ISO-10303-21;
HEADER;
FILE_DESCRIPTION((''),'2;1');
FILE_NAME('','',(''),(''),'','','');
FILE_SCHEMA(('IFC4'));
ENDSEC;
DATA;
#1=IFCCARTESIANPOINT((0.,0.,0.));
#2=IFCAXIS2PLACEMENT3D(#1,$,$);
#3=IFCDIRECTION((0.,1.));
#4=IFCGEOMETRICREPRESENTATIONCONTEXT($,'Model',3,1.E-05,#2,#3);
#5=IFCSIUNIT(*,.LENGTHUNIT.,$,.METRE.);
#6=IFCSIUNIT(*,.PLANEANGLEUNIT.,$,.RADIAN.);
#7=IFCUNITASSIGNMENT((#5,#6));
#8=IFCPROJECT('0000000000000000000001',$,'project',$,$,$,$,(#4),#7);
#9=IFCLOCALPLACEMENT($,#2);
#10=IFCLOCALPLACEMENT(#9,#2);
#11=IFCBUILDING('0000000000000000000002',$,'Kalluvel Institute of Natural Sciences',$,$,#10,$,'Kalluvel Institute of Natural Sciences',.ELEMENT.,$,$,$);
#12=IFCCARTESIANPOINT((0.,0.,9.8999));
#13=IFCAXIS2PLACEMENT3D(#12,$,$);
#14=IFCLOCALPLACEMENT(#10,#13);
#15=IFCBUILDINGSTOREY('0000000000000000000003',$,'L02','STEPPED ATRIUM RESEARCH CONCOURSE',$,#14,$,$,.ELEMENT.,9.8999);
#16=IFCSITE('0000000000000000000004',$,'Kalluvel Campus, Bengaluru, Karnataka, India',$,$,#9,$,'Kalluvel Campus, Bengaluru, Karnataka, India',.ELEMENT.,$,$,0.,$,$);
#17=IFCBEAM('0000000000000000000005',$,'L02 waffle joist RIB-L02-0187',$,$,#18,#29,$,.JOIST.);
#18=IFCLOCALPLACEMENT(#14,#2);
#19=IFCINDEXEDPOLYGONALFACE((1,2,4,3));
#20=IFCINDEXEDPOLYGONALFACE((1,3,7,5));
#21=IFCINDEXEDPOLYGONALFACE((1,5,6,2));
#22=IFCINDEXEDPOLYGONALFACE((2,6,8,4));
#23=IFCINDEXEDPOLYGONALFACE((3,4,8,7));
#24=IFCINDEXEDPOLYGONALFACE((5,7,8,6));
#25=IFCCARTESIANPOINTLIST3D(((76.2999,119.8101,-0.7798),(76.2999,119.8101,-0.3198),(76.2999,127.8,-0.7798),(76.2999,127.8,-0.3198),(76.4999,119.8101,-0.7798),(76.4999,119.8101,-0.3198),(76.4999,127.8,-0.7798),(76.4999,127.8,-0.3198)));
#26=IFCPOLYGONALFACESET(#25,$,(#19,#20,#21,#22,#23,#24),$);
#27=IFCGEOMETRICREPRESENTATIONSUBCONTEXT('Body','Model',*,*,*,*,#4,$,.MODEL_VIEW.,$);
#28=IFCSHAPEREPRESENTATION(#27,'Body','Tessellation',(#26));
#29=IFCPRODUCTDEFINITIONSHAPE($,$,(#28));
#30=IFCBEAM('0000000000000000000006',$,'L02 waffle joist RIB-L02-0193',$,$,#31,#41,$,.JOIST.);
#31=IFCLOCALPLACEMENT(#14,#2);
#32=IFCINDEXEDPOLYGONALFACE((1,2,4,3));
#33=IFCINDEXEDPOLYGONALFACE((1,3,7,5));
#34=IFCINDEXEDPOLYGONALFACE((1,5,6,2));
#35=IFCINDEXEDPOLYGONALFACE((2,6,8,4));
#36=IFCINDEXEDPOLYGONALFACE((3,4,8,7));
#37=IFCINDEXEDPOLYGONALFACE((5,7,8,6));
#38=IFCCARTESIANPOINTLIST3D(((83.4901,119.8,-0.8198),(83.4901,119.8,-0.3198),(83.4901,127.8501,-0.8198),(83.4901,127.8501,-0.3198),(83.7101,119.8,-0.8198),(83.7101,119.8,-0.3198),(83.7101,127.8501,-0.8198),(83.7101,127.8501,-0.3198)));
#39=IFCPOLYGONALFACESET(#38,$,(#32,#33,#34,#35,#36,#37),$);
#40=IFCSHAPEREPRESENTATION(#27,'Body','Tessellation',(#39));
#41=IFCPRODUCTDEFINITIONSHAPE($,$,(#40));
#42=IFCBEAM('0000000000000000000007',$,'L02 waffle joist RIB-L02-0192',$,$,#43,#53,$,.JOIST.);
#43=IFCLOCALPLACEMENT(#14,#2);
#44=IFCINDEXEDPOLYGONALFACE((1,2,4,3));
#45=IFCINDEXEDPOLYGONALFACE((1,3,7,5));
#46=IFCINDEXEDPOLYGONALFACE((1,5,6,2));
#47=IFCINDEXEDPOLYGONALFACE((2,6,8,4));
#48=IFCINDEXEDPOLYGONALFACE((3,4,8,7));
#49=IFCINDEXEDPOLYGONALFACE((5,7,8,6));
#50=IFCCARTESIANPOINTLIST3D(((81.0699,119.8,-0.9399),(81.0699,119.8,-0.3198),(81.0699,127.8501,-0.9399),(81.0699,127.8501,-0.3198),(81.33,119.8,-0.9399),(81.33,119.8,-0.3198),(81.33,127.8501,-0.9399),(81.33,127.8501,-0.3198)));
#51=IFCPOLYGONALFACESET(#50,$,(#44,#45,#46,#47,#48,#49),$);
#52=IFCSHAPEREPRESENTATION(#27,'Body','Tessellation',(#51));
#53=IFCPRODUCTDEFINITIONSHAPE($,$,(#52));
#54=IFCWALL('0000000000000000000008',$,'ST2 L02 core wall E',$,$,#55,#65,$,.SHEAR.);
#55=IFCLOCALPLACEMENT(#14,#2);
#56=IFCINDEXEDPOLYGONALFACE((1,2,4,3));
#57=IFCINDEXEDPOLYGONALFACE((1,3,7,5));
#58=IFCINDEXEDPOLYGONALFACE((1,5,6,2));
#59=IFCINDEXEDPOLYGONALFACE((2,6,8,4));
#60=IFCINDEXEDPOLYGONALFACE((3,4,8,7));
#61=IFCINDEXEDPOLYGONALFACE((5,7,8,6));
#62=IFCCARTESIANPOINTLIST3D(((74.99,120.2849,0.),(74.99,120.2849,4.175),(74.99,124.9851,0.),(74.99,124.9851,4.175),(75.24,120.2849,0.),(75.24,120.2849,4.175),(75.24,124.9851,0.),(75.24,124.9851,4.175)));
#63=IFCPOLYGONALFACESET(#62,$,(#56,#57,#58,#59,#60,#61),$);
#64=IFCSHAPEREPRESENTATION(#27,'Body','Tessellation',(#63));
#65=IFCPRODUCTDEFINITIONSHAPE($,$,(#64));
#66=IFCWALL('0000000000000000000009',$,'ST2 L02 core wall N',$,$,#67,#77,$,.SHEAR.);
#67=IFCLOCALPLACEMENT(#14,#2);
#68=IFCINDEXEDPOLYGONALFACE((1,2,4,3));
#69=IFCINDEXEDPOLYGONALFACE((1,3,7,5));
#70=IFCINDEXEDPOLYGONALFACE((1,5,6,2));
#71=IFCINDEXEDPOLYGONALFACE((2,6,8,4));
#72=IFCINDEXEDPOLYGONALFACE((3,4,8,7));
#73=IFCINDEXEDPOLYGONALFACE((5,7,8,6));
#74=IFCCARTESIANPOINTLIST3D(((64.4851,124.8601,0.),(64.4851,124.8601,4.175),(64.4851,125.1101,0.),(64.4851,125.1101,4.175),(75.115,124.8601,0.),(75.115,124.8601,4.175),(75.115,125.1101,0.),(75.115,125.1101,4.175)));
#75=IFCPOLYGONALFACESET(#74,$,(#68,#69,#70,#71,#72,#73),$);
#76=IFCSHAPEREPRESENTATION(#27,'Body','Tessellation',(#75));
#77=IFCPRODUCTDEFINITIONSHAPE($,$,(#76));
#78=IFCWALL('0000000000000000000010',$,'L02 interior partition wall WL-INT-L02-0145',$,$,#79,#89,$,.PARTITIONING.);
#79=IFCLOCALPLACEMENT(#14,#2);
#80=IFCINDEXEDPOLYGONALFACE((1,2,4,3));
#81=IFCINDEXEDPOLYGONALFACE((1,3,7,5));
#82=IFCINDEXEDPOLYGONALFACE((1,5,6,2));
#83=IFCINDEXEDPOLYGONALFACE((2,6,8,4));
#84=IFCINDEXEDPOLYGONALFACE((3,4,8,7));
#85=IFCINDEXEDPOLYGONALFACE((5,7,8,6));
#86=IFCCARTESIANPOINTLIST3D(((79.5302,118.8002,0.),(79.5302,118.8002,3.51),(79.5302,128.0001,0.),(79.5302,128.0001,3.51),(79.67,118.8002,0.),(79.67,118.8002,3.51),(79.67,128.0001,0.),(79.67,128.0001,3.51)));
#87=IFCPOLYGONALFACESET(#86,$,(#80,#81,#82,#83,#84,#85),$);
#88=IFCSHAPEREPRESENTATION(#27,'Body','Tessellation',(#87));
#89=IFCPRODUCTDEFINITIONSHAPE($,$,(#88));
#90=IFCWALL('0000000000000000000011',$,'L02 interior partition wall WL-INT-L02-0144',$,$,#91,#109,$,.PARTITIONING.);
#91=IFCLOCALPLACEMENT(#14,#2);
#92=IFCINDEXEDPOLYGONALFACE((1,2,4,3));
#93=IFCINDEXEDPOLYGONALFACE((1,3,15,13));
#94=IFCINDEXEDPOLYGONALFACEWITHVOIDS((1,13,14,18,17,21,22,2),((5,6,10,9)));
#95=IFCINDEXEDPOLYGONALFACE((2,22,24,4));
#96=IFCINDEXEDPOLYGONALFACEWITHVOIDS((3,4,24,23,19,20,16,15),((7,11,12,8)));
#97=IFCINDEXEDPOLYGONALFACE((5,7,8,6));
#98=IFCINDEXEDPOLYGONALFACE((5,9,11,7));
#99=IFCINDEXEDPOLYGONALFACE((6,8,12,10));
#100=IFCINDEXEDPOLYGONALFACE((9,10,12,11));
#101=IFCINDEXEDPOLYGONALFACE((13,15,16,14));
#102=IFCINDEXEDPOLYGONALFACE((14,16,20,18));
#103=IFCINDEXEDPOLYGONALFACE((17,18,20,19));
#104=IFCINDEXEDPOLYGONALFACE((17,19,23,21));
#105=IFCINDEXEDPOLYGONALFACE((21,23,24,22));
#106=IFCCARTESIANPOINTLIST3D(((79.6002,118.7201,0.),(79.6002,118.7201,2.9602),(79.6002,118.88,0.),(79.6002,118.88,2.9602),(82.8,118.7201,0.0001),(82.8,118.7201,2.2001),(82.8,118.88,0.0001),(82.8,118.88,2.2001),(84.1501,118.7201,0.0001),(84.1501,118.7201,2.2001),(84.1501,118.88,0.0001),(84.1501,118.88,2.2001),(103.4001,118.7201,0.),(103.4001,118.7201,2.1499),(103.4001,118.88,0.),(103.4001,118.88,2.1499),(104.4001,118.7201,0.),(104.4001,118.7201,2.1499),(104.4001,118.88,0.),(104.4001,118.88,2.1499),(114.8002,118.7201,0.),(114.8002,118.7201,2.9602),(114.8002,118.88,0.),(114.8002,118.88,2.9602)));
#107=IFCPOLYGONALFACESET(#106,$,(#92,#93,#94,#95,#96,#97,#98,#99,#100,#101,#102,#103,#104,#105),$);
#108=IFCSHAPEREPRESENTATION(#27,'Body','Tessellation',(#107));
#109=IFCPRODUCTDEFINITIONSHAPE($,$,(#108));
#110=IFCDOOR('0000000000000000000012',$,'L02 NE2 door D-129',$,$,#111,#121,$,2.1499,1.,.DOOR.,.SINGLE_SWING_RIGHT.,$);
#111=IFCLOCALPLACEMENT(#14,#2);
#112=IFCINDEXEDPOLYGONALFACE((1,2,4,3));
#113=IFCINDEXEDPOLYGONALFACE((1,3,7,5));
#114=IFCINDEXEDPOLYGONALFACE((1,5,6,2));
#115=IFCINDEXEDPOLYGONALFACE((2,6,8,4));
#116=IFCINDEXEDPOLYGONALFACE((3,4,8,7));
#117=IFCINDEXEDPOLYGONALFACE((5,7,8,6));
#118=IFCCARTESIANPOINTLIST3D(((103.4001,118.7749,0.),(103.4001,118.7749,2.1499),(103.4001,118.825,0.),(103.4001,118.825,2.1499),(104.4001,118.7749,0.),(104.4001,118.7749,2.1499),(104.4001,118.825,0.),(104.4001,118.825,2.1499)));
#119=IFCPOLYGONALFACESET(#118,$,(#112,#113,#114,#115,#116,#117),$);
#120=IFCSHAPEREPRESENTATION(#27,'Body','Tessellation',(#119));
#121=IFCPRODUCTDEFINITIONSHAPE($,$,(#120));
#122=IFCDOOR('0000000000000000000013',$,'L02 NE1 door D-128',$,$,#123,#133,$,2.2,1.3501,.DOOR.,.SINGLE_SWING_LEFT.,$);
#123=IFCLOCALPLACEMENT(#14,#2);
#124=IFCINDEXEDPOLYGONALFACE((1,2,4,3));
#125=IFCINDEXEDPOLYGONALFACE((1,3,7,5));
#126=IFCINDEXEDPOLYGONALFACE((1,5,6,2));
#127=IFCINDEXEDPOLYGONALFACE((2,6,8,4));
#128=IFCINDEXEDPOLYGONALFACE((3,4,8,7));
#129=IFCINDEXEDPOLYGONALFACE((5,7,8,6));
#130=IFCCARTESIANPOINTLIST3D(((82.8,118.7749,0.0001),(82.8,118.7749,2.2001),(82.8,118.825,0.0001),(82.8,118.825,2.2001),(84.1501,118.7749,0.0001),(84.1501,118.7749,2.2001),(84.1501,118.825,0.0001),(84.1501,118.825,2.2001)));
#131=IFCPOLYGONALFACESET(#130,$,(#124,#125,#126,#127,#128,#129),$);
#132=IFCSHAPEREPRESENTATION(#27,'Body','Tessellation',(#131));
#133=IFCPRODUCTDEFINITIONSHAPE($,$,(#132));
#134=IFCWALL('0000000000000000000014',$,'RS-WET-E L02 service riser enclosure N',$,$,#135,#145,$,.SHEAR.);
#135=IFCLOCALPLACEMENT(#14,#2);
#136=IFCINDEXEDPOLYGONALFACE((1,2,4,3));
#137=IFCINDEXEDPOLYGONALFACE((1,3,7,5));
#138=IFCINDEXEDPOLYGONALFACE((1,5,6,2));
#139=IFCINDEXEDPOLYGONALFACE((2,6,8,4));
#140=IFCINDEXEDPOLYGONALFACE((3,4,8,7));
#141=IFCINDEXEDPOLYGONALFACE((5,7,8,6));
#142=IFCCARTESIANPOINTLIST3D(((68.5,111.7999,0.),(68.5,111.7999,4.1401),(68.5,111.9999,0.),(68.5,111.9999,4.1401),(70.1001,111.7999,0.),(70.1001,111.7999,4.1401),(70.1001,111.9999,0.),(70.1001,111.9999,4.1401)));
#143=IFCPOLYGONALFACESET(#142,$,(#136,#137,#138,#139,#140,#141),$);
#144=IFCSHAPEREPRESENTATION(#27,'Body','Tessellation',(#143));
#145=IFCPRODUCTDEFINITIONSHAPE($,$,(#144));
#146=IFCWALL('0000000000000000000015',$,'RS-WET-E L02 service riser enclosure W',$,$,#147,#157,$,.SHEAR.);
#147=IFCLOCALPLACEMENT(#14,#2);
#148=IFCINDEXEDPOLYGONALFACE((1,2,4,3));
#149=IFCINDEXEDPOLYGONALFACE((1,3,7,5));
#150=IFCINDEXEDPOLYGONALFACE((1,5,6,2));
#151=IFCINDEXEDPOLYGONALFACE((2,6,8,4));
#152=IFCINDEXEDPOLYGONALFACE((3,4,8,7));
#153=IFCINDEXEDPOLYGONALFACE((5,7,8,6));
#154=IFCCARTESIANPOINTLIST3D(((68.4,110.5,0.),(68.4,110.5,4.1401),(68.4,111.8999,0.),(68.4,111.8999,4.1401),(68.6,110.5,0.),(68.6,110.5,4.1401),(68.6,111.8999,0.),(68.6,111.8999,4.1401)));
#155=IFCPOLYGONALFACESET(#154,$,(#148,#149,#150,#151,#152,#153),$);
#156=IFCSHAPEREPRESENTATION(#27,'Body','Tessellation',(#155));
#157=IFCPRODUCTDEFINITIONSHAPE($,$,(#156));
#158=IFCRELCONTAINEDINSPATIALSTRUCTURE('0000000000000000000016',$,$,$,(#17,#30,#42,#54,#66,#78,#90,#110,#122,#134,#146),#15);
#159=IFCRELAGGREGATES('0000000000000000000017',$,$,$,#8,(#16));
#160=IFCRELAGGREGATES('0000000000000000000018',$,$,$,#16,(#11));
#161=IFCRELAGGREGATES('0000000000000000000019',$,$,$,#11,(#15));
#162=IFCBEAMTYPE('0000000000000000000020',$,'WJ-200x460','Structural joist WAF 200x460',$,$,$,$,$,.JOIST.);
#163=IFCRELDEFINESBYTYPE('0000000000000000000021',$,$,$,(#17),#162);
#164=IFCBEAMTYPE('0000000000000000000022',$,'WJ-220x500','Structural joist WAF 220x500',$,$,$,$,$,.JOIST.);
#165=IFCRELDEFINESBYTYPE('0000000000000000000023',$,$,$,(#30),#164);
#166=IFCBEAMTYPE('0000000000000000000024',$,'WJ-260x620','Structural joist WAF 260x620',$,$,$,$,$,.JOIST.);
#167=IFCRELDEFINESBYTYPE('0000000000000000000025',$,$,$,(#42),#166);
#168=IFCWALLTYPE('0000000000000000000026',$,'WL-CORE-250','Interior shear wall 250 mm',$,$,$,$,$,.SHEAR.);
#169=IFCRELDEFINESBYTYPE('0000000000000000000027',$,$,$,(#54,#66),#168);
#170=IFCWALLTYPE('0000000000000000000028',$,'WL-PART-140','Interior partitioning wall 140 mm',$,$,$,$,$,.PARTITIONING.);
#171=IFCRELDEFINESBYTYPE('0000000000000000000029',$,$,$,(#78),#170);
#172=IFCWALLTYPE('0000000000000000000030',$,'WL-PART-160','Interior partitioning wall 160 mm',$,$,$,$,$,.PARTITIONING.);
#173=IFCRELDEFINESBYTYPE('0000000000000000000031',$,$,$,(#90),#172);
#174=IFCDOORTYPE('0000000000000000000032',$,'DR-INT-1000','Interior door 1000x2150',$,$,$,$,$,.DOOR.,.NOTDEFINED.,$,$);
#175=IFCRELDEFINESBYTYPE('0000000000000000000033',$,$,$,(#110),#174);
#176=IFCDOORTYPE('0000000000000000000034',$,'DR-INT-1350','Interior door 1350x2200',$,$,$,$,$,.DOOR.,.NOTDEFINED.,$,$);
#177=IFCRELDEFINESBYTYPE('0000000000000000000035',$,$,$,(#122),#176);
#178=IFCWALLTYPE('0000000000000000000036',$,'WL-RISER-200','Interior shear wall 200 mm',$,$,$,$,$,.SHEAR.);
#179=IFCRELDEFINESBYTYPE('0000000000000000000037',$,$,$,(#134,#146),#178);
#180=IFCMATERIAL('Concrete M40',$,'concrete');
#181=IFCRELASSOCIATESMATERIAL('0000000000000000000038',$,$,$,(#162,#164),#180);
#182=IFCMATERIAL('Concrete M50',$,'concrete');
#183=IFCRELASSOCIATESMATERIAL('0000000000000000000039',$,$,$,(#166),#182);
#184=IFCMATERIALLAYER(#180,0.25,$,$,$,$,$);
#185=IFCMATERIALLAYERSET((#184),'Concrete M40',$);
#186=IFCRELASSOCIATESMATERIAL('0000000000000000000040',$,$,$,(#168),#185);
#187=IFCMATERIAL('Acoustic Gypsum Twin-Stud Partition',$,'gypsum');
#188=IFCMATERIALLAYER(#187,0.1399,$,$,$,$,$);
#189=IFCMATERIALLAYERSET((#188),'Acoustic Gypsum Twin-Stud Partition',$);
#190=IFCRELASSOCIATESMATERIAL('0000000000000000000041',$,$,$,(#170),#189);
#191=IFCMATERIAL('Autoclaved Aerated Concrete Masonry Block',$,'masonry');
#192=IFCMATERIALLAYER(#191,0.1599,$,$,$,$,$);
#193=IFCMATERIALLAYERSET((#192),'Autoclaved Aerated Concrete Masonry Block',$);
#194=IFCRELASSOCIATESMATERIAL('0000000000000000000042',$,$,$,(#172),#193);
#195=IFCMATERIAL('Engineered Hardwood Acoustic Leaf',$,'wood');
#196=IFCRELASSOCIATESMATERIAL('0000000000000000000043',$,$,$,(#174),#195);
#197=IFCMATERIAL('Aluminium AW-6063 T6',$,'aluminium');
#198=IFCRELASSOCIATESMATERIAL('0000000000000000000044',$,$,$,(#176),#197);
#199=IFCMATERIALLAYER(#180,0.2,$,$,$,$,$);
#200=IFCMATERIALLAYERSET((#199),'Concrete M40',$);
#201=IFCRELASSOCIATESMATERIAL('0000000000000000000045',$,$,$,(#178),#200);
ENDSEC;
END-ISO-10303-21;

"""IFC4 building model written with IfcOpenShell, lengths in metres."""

from ifc_helpers import new_model, si_unit, direction, frame, frame_2d, origin, origin_2d, place, context, subcontext, project, spatial, rectangle, extrude, material, layer, layer_set, material_profile, profile_set, type_object, element, fill, save


model = new_model("IFC4")

# Units and contexts
model_context = context("Model", 3, precision=1e-05, world=origin(), true_north=direction((0.0, 1.0)))
body_context = subcontext(model_context, "Body", "Model", "MODEL_VIEW")
ifc_project = project(units=[si_unit("LENGTHUNIT", "METRE"), si_unit("PLANEANGLEUNIT", "RADIAN")], contexts=[model_context])

# Site, building, storey
site_placement = place(None, origin())
site = spatial("IfcSite", under=ifc_project, at=site_placement, Name="Kalluvel Campus, Bengaluru, Karnataka, India", LongName="Kalluvel Campus, Bengaluru, Karnataka, India", CompositionType="ELEMENT", RefElevation=0.0)
building_placement = place(site_placement, origin())
building = spatial("IfcBuilding", under=site, at=building_placement, Name="Kalluvel Institute of Natural Sciences", LongName="Kalluvel Institute of Natural Sciences", CompositionType="ELEMENT")
storey_placement = place(building_placement, frame((0.0, 0.0, 9.8999)))
storey = spatial("IfcBuildingStorey", under=building, at=storey_placement, Name="L02", Description="STEPPED ATRIUM RESEARCH CONCOURSE", CompositionType="ELEMENT", Elevation=9.8999)

# Shared definitions
ifc_material_1 = material(Name="Concrete M50", Category="concrete")

# Beams
ifc_material_2 = material(Name="Concrete M40", Category="concrete")
ifc_material_profile_1 = material_profile(ifc_material_2, rectangle(XDim=0.2, YDim=0.46, at=origin_2d()), Name="WAF 200x460")
ifc_profile_set_1 = profile_set([ifc_material_profile_1], Name="Concrete M40")
beam_type_1 = type_object("IfcBeamType", Name="WJ-200x460", Description="Structural joist WAF 200x460", PredefinedType="JOIST", material=ifc_profile_set_1)
beam_1_placement = place(storey_placement, frame((76.3999, 119.8101, -0.5498), z_axis=(0.0, 1.0, 0.0), x_axis=(-1.0, 0.0, 0.0)))
element("IfcBeam", 1, at=beam_1_placement, inside=storey, type_object=beam_type_1, Name="L02 waffle joist RIB-L02-0187", PredefinedType="JOIST", context=body_context, shape_type="SweptSolid", body=[
    extrude(rectangle(XDim=0.2, YDim=0.46, at=origin_2d()), origin(), (0.0, 0.0, 1.0), 7.99),
])
ifc_material_profile_2 = material_profile(ifc_material_2, rectangle(XDim=0.22, YDim=0.5, at=origin_2d()), Name="WAF 220x500")
ifc_profile_set_2 = profile_set([ifc_material_profile_2], Name="Concrete M40")
beam_type_2 = type_object("IfcBeamType", Name="WJ-220x500", Description="Structural joist WAF 220x500", PredefinedType="JOIST", material=ifc_profile_set_2)
beam_2_placement = place(storey_placement, frame((83.6001, 119.8, -0.5698), z_axis=(0.0, 1.0, 0.0), x_axis=(-1.0, 0.0, 0.0)))
element("IfcBeam", 2, at=beam_2_placement, inside=storey, type_object=beam_type_2, Name="L02 waffle joist RIB-L02-0193", PredefinedType="JOIST", context=body_context, shape_type="SweptSolid", body=[
    extrude(rectangle(XDim=0.22, YDim=0.5, at=origin_2d()), origin(), (0.0, 0.0, 1.0), 8.05),
])
ifc_material_profile_3 = material_profile(ifc_material_1, rectangle(XDim=0.26, YDim=0.6201, at=origin_2d()), Name="WAF 260x620")
ifc_profile_set_3 = profile_set([ifc_material_profile_3], Name="Concrete M50")
beam_type_3 = type_object("IfcBeamType", Name="WJ-260x620", Description="Structural joist WAF 260x620", PredefinedType="JOIST", material=ifc_profile_set_3)
beam_3_placement = place(storey_placement, frame((81.2, 119.8, -0.6299), z_axis=(0.0, 1.0, 0.0), x_axis=(-1.0, 0.0, 0.0)))
element("IfcBeam", 3, at=beam_3_placement, inside=storey, type_object=beam_type_3, Name="L02 waffle joist RIB-L02-0192", PredefinedType="JOIST", context=body_context, shape_type="SweptSolid", body=[
    extrude(rectangle(XDim=0.26, YDim=0.6201, at=origin_2d()), origin(), (0.0, 0.0, 1.0), 8.05),
])

# Walls
ifc_layer_1 = layer(ifc_material_2, 0.25)
ifc_layer_set_1 = layer_set([ifc_layer_1], Name="Concrete M40")
wall_type_1 = type_object("IfcWallType", Name="WL-CORE-250", Description="Interior shear wall 250 mm", PredefinedType="SHEAR", material=ifc_layer_set_1)
wall_1_placement = place(storey_placement, frame((75.115, 120.2849, 0.0), z_axis=(0.0, 0.0, 1.0), x_axis=(0.0, 1.0, 0.0)))
element("IfcWall", 4, at=wall_1_placement, inside=storey, type_object=wall_type_1, Name="ST2 L02 core wall E", PredefinedType="SHEAR", context=body_context, shape_type="SweptSolid", body=[
    extrude(rectangle(XDim=4.7002, YDim=0.25, at=frame_2d((2.3501, 0.0))), origin(), (0.0, 0.0, 1.0), 4.175),
])
wall_2_placement = place(storey_placement, frame((75.115, 124.9851, 0.0), z_axis=(0.0, 0.0, 1.0), x_axis=(-1.0, 0.0, 0.0)))
element("IfcWall", 5, at=wall_2_placement, inside=storey, type_object=wall_type_1, Name="ST2 L02 core wall N", PredefinedType="SHEAR", context=body_context, shape_type="SweptSolid", body=[
    extrude(rectangle(XDim=10.6299, YDim=0.25, at=frame_2d((5.3149, 0.0))), origin(), (0.0, 0.0, 1.0), 4.175),
])
ifc_material_3 = material(Name="Acoustic Gypsum Twin-Stud Partition", Category="gypsum")
ifc_layer_2 = layer(ifc_material_3, 0.1399)
ifc_layer_set_2 = layer_set([ifc_layer_2], Name="Acoustic Gypsum Twin-Stud Partition")
wall_type_2 = type_object("IfcWallType", Name="WL-PART-140", Description="Interior partitioning wall 140 mm", PredefinedType="PARTITIONING", material=ifc_layer_set_2)
wall_3_placement = place(storey_placement, frame((79.6001, 118.8, 0.0), z_axis=(0.0, 0.0, 1.0), x_axis=(0.0, 1.0, 0.0)))
element("IfcWall", 6, at=wall_3_placement, inside=storey, type_object=wall_type_2, Name="L02 interior partition wall WL-INT-L02-0145", PredefinedType="PARTITIONING", context=body_context, shape_type="SweptSolid", body=[
    extrude(rectangle(XDim=9.2, YDim=0.1399, at=frame_2d((4.6001, 0.0))), origin(), (0.0, 0.0, 1.0), 3.51),
])

# Wall, openings, doors
ifc_material_4 = material(Name="Autoclaved Aerated Concrete Masonry Block", Category="masonry")
ifc_layer_3 = layer(ifc_material_4, 0.1599)
ifc_layer_set_3 = layer_set([ifc_layer_3], Name="Autoclaved Aerated Concrete Masonry Block")
wall_type_3 = type_object("IfcWallType", Name="WL-PART-160", Description="Interior partitioning wall 160 mm", PredefinedType="PARTITIONING", material=ifc_layer_set_3)
wall_4_placement = place(storey_placement, frame((79.6001, 118.8, 0.0), z_axis=(0.0, 0.0, 1.0), x_axis=(1.0, 0.0, 0.0)))
wall_4 = element("IfcWall", 7, at=wall_4_placement, inside=storey, type_object=wall_type_3, Name="L02 interior partition wall WL-INT-L02-0144", PredefinedType="PARTITIONING", context=body_context, shape_type="SweptSolid", body=[
    extrude(rectangle(XDim=35.2, YDim=0.1599, at=frame_2d((17.6001, 0.0))), origin(), (0.0, 0.0, 1.0), 2.9602),
])
opening_1_placement = place(wall_4_placement, frame((3.2, 0.0, 0.0)))
opening_1 = element("IfcOpeningElement", 8, at=opening_1_placement, cuts=wall_4, PredefinedType="OPENING", context=body_context, shape_type="SweptSolid", body=[
    extrude(rectangle(XDim=1.3501, YDim=2.2, at=frame_2d((0.675, 1.1001))), frame((0.0, 0.0898, 0.0), z_axis=(0.0, -1.0, 0.0), x_axis=(1.0, 0.0, 0.0)), (0.0, 0.0, 1.0), 0.1799),
])
opening_2_placement = place(wall_4_placement, frame((23.8, 0.0, 0.0)))
opening_2 = element("IfcOpeningElement", 9, at=opening_2_placement, cuts=wall_4, PredefinedType="OPENING", context=body_context, shape_type="SweptSolid", body=[
    extrude(rectangle(XDim=1.0, YDim=2.1499, at=frame_2d((0.5, 1.075))), frame((0.0, 0.0898, 0.0), z_axis=(0.0, -1.0, 0.0), x_axis=(1.0, 0.0, 0.0)), (0.0, 0.0, 1.0), 0.1799),
])
ifc_material_5 = material(Name="Engineered Hardwood Acoustic Leaf", Category="wood")
door_type_1 = type_object("IfcDoorType", Name="DR-INT-1000", Description="Interior door 1000x2150", OperationType="NOTDEFINED", PredefinedType="DOOR", material=ifc_material_5)
door_1_placement = place(opening_2_placement, origin())
door_1 = element("IfcDoor", 10, at=door_1_placement, inside=storey, type_object=door_type_1, Name="L02 NE2 door D-129", OperationType="SINGLE_SWING_RIGHT", OverallHeight=2.1499, OverallWidth=1.0, PredefinedType="DOOR", context=body_context, shape_type="SweptSolid", body=[
    extrude(rectangle(XDim=1.0, YDim=2.1499, at=frame_2d((0.5, 1.075))), frame((0.0, 0.0249, 0.0), z_axis=(0.0, -1.0, 0.0), x_axis=(1.0, 0.0, 0.0)), (0.0, 0.0, 1.0), 0.05),
])
fill(opening_2, door_1)
ifc_material_6 = material(Name="Aluminium AW-6063 T6", Category="aluminium")
door_type_2 = type_object("IfcDoorType", Name="DR-INT-1350", Description="Interior door 1350x2200", OperationType="NOTDEFINED", PredefinedType="DOOR", material=ifc_material_6)
door_2_placement = place(opening_1_placement, origin())
door_2 = element("IfcDoor", 11, at=door_2_placement, inside=storey, type_object=door_type_2, Name="L02 NE1 door D-128", OperationType="SINGLE_SWING_LEFT", OverallHeight=2.2, OverallWidth=1.3501, PredefinedType="DOOR", context=body_context, shape_type="SweptSolid", body=[
    extrude(rectangle(XDim=1.3501, YDim=2.2, at=frame_2d((0.675, 1.1001))), frame((0.0, 0.0249, 0.0), z_axis=(0.0, -1.0, 0.0), x_axis=(1.0, 0.0, 0.0)), (0.0, 0.0, 1.0), 0.05),
])
fill(opening_1, door_2)

# Walls
ifc_layer_4 = layer(ifc_material_2, 0.2)
ifc_layer_set_4 = layer_set([ifc_layer_4], Name="Concrete M40")
wall_type_4 = type_object("IfcWallType", Name="WL-RISER-200", Description="Interior shear wall 200 mm", PredefinedType="SHEAR", material=ifc_layer_set_4)
wall_5_placement = place(storey_placement, frame((70.1001, 111.8999, 0.0), z_axis=(0.0, 0.0, 1.0), x_axis=(-1.0, 0.0, 0.0)))
element("IfcWall", 12, at=wall_5_placement, inside=storey, type_object=wall_type_4, Name="RS-WET-E L02 service riser enclosure N", PredefinedType="SHEAR", context=body_context, shape_type="SweptSolid", body=[
    extrude(rectangle(XDim=1.6001, YDim=0.2, at=frame_2d((0.8, 0.0))), origin(), (0.0, 0.0, 1.0), 4.1401),
])
wall_6_placement = place(storey_placement, frame((68.5, 111.8999, 0.0), z_axis=(0.0, 0.0, 1.0), x_axis=(0.0, -1.0, 0.0)))
element("IfcWall", 13, at=wall_6_placement, inside=storey, type_object=wall_type_4, Name="RS-WET-E L02 service riser enclosure W", PredefinedType="SHEAR", context=body_context, shape_type="SweptSolid", body=[
    extrude(rectangle(XDim=1.3999, YDim=0.2, at=frame_2d((0.7, 0.0))), origin(), (0.0, 0.0, 1.0), 4.1401),
])

save(model, "model.ifc")
